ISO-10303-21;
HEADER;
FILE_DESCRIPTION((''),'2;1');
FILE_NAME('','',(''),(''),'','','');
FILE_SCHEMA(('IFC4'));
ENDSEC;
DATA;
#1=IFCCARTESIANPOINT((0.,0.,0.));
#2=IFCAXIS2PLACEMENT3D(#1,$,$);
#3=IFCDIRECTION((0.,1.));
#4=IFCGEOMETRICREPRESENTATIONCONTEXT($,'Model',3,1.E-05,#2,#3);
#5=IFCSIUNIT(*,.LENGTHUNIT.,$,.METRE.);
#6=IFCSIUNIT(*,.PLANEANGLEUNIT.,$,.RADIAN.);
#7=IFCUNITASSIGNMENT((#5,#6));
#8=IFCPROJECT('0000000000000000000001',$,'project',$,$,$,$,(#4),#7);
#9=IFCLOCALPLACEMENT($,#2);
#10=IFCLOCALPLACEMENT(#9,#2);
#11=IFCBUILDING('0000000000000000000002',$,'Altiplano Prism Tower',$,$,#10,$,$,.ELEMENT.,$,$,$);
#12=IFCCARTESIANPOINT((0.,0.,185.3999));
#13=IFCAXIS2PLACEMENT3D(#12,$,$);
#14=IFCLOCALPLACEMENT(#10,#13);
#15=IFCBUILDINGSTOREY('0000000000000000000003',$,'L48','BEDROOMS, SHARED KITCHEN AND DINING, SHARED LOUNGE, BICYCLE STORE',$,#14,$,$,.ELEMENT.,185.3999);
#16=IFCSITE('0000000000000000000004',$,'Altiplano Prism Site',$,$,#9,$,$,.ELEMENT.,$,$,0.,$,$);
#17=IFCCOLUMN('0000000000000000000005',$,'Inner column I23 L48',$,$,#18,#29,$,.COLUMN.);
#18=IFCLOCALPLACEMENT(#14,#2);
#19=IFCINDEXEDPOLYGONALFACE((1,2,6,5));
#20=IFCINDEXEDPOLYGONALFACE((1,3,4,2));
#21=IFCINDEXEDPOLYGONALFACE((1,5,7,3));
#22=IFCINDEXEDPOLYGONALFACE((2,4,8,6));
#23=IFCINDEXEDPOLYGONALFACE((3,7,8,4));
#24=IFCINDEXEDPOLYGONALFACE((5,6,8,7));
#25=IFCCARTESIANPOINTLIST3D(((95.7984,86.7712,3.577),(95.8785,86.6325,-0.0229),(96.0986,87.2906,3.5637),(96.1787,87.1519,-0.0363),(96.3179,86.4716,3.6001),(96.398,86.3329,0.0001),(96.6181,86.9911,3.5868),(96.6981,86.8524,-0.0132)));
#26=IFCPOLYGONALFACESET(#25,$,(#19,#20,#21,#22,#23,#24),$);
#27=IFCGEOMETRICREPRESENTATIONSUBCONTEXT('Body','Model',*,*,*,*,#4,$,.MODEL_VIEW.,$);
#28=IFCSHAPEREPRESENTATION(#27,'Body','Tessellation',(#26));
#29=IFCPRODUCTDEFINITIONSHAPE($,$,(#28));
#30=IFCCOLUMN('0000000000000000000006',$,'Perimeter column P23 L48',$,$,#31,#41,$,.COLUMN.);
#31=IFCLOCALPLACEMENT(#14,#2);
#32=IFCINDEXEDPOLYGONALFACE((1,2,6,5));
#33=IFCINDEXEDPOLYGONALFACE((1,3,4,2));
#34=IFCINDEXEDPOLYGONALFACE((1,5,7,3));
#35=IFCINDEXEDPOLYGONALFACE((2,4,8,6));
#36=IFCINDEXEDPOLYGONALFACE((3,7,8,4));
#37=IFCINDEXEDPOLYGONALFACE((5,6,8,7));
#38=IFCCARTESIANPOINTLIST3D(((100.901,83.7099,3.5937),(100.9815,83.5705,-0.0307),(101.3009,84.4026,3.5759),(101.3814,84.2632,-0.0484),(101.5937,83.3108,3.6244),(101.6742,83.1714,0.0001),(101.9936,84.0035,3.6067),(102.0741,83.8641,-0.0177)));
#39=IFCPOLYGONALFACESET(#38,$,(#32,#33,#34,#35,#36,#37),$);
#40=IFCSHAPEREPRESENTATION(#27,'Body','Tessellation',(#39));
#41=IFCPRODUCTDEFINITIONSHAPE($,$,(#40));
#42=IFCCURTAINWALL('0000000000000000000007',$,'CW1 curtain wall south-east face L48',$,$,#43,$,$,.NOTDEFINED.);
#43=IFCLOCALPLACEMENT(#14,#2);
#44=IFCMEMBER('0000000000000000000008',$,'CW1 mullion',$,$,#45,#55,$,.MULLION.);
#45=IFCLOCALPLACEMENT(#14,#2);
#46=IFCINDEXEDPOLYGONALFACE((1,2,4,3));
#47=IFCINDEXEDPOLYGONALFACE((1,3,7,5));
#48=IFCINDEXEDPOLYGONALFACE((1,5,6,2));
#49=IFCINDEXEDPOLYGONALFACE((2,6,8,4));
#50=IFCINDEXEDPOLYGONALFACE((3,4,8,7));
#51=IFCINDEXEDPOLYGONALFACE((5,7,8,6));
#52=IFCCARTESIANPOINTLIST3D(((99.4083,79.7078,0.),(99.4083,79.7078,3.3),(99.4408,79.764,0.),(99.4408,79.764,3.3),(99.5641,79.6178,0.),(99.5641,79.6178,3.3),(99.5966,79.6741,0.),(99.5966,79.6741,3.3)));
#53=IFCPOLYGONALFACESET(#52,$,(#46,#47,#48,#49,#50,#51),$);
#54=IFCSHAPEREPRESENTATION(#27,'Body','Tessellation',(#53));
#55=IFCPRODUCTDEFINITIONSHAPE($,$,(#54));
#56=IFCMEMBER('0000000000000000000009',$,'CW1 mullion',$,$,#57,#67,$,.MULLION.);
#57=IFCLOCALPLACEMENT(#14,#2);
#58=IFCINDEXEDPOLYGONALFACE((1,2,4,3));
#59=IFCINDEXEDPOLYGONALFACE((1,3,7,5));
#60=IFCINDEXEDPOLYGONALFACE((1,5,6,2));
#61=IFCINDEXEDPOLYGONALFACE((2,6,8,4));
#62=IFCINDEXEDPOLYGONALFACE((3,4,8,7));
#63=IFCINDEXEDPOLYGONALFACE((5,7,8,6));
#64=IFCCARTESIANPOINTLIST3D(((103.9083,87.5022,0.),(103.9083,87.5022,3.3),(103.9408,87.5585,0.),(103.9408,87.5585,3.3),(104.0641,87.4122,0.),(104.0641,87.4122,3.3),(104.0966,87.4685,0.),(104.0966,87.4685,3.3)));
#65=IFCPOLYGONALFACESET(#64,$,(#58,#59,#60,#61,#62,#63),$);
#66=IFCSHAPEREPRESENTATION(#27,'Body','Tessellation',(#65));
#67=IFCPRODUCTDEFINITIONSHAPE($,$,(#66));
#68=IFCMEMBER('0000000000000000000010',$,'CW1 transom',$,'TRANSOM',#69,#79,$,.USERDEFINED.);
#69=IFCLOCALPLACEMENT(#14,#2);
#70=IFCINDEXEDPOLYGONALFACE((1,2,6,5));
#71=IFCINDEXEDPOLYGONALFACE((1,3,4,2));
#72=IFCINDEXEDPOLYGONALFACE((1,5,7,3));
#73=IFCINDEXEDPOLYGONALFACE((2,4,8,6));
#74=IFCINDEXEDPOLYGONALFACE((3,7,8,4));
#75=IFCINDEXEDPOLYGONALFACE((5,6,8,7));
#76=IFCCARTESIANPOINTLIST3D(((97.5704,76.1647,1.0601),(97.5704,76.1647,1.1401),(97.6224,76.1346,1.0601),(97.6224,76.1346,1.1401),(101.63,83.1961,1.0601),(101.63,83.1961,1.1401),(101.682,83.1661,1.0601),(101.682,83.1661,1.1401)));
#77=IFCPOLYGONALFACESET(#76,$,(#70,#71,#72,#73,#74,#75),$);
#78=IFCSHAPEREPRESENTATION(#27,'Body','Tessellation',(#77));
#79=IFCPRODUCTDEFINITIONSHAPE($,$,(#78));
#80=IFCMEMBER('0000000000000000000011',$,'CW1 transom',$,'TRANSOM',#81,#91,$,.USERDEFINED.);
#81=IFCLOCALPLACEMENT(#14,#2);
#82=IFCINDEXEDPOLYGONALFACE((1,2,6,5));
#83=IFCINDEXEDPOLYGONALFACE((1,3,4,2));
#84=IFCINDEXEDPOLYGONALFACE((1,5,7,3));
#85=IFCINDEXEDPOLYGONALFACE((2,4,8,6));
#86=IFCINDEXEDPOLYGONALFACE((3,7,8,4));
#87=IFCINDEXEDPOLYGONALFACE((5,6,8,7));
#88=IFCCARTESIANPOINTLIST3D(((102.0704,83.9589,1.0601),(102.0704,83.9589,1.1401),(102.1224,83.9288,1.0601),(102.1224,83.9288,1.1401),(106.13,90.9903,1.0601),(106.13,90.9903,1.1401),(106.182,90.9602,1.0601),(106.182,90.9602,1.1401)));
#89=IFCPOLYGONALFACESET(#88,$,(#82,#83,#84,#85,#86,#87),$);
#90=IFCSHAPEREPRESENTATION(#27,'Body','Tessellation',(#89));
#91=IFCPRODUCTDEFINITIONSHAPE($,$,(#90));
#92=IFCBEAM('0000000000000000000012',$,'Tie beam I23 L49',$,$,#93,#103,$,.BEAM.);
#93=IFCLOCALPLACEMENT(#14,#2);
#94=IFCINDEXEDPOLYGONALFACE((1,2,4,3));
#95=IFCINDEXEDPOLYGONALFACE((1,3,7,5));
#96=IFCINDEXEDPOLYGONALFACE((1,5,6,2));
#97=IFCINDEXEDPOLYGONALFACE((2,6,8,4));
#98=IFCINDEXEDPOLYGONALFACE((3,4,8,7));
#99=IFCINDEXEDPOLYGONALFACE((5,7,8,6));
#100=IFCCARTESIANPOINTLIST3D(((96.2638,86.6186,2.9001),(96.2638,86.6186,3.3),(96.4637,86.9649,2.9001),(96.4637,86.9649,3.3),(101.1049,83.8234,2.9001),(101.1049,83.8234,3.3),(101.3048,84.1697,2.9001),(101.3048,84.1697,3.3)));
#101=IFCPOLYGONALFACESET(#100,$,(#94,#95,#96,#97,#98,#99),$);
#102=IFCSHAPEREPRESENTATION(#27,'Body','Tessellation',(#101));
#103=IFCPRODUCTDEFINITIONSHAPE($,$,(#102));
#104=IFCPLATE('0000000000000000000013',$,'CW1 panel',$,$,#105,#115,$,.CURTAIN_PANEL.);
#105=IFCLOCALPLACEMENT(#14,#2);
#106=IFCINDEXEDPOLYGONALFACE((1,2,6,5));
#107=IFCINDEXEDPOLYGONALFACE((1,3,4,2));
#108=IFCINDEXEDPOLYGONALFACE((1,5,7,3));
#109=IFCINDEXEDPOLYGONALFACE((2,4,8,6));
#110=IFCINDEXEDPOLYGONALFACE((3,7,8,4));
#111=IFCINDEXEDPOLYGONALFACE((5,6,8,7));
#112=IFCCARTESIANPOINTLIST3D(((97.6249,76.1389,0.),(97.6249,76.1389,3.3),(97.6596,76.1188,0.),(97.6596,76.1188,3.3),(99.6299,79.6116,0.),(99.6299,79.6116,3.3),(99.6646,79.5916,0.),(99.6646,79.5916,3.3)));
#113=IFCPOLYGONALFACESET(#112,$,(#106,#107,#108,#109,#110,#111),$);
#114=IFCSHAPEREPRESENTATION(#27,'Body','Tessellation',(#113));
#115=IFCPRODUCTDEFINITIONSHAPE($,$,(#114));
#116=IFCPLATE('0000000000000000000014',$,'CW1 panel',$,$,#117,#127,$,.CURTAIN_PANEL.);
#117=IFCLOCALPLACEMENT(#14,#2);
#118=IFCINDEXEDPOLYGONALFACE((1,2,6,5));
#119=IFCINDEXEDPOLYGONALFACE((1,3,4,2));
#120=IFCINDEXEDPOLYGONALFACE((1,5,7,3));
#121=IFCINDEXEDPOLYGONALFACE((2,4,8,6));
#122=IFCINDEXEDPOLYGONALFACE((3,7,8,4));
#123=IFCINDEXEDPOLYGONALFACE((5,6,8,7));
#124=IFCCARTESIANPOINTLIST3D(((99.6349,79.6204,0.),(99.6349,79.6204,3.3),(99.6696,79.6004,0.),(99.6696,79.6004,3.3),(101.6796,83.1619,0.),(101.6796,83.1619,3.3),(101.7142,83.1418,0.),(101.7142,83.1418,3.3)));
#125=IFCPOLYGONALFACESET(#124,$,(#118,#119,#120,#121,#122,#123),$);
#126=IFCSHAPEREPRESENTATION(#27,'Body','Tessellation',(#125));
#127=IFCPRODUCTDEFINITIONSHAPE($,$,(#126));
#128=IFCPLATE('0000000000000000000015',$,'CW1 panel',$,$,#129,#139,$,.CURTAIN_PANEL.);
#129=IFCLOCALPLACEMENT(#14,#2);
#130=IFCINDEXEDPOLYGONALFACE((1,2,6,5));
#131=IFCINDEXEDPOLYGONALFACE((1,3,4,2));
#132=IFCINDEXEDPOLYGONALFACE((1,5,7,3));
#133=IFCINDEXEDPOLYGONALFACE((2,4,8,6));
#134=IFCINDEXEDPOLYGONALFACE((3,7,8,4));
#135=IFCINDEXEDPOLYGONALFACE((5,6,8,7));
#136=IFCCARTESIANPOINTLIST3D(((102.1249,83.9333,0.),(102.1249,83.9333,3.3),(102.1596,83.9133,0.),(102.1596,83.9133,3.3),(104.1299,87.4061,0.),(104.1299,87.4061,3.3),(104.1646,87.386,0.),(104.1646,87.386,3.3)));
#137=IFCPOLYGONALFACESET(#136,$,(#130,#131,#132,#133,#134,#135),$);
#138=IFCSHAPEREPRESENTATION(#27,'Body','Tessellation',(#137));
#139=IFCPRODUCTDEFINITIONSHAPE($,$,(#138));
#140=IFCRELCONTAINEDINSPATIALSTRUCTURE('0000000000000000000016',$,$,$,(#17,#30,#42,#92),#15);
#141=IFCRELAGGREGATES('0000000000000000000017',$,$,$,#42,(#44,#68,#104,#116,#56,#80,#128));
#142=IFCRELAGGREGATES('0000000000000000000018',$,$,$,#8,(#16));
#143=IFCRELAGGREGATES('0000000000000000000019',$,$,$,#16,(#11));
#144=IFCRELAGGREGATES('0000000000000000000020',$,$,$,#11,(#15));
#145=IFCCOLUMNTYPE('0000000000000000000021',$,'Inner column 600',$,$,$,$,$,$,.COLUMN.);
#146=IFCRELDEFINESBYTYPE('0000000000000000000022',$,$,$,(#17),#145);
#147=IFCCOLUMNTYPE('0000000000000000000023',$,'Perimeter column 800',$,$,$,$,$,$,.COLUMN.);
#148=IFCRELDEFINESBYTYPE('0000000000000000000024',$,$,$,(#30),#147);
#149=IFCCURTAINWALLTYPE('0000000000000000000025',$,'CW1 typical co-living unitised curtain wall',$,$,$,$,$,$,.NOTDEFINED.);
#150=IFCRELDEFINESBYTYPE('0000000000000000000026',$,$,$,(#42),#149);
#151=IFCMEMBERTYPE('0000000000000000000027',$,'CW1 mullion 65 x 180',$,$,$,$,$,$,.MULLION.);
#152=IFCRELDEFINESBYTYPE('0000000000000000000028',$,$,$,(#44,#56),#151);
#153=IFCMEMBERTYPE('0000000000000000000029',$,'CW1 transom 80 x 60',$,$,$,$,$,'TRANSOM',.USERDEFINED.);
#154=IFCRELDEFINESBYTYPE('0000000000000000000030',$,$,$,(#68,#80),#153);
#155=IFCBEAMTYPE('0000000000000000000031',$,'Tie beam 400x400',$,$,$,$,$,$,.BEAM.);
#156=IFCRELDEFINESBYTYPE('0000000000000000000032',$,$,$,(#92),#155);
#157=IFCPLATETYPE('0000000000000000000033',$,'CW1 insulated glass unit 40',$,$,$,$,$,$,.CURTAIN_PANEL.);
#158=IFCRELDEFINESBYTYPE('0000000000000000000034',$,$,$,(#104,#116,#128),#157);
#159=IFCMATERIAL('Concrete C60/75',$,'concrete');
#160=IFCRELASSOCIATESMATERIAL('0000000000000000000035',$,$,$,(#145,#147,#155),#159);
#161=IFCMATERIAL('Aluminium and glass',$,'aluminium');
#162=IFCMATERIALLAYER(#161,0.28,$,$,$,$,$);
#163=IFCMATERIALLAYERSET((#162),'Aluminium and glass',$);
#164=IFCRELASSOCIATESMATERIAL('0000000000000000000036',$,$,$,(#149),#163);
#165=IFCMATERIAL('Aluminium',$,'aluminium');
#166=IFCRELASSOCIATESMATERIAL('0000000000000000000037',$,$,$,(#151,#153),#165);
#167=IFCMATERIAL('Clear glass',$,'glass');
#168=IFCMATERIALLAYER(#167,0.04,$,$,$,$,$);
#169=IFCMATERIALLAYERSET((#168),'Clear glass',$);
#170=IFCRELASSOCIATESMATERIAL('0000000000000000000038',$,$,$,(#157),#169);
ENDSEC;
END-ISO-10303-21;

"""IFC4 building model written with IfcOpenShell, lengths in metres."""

from ifc_helpers import new_model, si_unit, direction, frame, origin, origin_2d, place, context, subcontext, project, spatial, rectangle, extrude, material, layer, layer_set, material_profile, profile_set, type_object, element, aggregate, save


model = new_model("IFC4")

# Units and contexts
model_context = context("Model", 3, precision=1e-05, world=origin(), true_north=direction((0.0, 1.0)))
body_context = subcontext(model_context, "Body", "Model", "MODEL_VIEW")
ifc_project = project(units=[si_unit("LENGTHUNIT", "METRE"), si_unit("PLANEANGLEUNIT", "RADIAN")], contexts=[model_context])

# Site, building, storey
site_placement = place(None, origin())
site = spatial("IfcSite", under=ifc_project, at=site_placement, Name="Altiplano Prism Site", CompositionType="ELEMENT", RefElevation=0.0)
building_placement = place(site_placement, origin())
building = spatial("IfcBuilding", under=site, at=building_placement, Name="Altiplano Prism Tower", CompositionType="ELEMENT")
storey_placement = place(building_placement, frame((0.0, 0.0, 185.3999)))
storey = spatial("IfcBuildingStorey", under=building, at=storey_placement, Name="L48", Description="BEDROOMS, SHARED KITCHEN AND DINING, SHARED LOUNGE, BICYCLE STORE", CompositionType="ELEMENT", Elevation=185.3999)

# Columns
ifc_material_1 = material(Name="Concrete C60/75", Category="concrete")
ifc_material_profile_1 = material_profile(ifc_material_1, rectangle(XDim=0.6001, YDim=0.6001, at=origin_2d()), Name="Inner column 600")
ifc_profile_set_1 = profile_set([ifc_material_profile_1], Name="Concrete C60/75")
column_type_1 = type_object("IfcColumnType", Name="Inner column 600", PredefinedType="COLUMN", material=ifc_profile_set_1)
column_1_placement = place(storey_placement, frame((96.2883, 86.7424, -0.0181), z_axis=(-0.022223, 0.038483, 0.999012), x_axis=(-0.50017, -0.865642, 0.02222)))
element("IfcColumn", 1, at=column_1_placement, inside=storey, type_object=column_type_1, Name="Inner column I23 L48", PredefinedType="COLUMN", context=body_context, shape_type="SweptSolid", body=[
    extrude(rectangle(XDim=0.6001, YDim=0.6001, at=origin_2d()), origin(), (0.0, 0.0, 1.0), 3.6035),
])
ifc_material_profile_2 = material_profile(ifc_material_1, rectangle(XDim=0.8, YDim=0.8, at=origin_2d()), Name="Perimeter column 800")
ifc_profile_set_2 = profile_set([ifc_material_profile_2], Name="Concrete C60/75")
column_type_2 = type_object("IfcColumnType", Name="Perimeter column 800", PredefinedType="COLUMN", material=ifc_profile_set_2)
column_2_placement = place(storey_placement, frame((101.5278, 83.7173, -0.0242), z_axis=(-0.022208, 0.038426, 0.999015), x_axis=(-0.499865, -0.865819, 0.022191)))
element("IfcColumn", 2, at=column_2_placement, inside=storey, type_object=column_type_2, Name="Perimeter column P23 L48", PredefinedType="COLUMN", context=body_context, shape_type="SweptSolid", body=[
    extrude(rectangle(XDim=0.8, YDim=0.8, at=origin_2d()), origin(), (0.0, 0.0, 1.0), 3.6279),
])

# Curtain wall, members
ifc_material_2 = material(Name="Aluminium and glass", Category="aluminium")
ifc_layer_1 = layer(ifc_material_2, 0.28)
ifc_layer_set_1 = layer_set([ifc_layer_1], Name="Aluminium and glass")
curtain_wall_type = type_object("IfcCurtainWallType", Name="CW1 typical co-living unitised curtain wall", PredefinedType="NOTDEFINED", material=ifc_layer_set_1)
curtain_wall_placement = place(storey_placement, origin())
curtain_wall = element("IfcCurtainWall", 3, at=curtain_wall_placement, inside=storey, type_object=curtain_wall_type, Name="CW1 curtain wall south-east face L48", PredefinedType="NOTDEFINED")
ifc_material_3 = material(Name="Aluminium", Category="aluminium")
ifc_material_profile_3 = material_profile(ifc_material_3, rectangle(XDim=0.1799, YDim=0.0649, at=origin_2d()), Name="CW1 mullion 65 x 180")
ifc_profile_set_3 = profile_set([ifc_material_profile_3], Name="Aluminium")
member_type_1 = type_object("IfcMemberType", Name="CW1 mullion 65 x 180", PredefinedType="MULLION", material=ifc_profile_set_3)
member_1_placement = place(storey_placement, frame((99.5024, 79.6909, 0.0), z_axis=(0.0, 0.0, 1.0), x_axis=(-0.866025, 0.5, 0.0)))
member_1 = element("IfcMember", 4, at=member_1_placement, type_object=member_type_1, Name="CW1 mullion", PredefinedType="MULLION", context=body_context, shape_type="SweptSolid", body=[
    extrude(rectangle(XDim=0.1799, YDim=0.0649, at=origin_2d()), origin(), (0.0, 0.0, 1.0), 3.3),
])
member_2_placement = place(storey_placement, frame((104.0024, 87.4854, 0.0), z_axis=(0.0, 0.0, 1.0), x_axis=(-0.866025, 0.5, 0.0)))
member_2 = element("IfcMember", 5, at=member_2_placement, type_object=member_type_1, Name="CW1 mullion", PredefinedType="MULLION", context=body_context, shape_type="SweptSolid", body=[
    extrude(rectangle(XDim=0.1799, YDim=0.0649, at=origin_2d()), origin(), (0.0, 0.0, 1.0), 3.3),
])
ifc_material_profile_4 = material_profile(ifc_material_3, rectangle(XDim=0.0601, YDim=0.0801, at=origin_2d()), Name="CW1 transom 80 x 60")
ifc_profile_set_4 = profile_set([ifc_material_profile_4], Name="Aluminium")
member_type_2 = type_object("IfcMemberType", Name="CW1 transom 80 x 60", ElementType="TRANSOM", PredefinedType="USERDEFINED", material=ifc_profile_set_4)
member_3_placement = place(storey_placement, frame((97.5964, 76.1497, 1.1001), z_axis=(0.499994, 0.866029, 0.0), x_axis=(-0.866029, 0.499994, 0.0)))
member_3 = element("IfcMember", 6, at=member_3_placement, type_object=member_type_2, Name="CW1 transom", ObjectType="TRANSOM", PredefinedType="USERDEFINED", context=body_context, shape_type="SweptSolid", body=[
    extrude(rectangle(XDim=0.0601, YDim=0.0801, at=origin_2d()), origin(), (0.0, 0.0, 1.0), 8.1191),
])
member_4_placement = place(storey_placement, frame((102.0964, 83.9438, 1.1001), z_axis=(0.499994, 0.866029, 0.0), x_axis=(-0.866029, 0.499994, 0.0)))
member_4 = element("IfcMember", 7, at=member_4_placement, type_object=member_type_2, Name="CW1 transom", ObjectType="TRANSOM", PredefinedType="USERDEFINED", context=body_context, shape_type="SweptSolid", body=[
    extrude(rectangle(XDim=0.0601, YDim=0.0801, at=origin_2d()), origin(), (0.0, 0.0, 1.0), 8.1191),
])

# Beam
ifc_material_profile_5 = material_profile(ifc_material_1, rectangle(XDim=0.3999, YDim=0.3999, at=origin_2d()), Name="Tie beam 400x400")
ifc_profile_set_5 = profile_set([ifc_material_profile_5], Name="Concrete C60/75")
beam_type = type_object("IfcBeamType", Name="Tie beam 400x400", PredefinedType="BEAM", material=ifc_profile_set_5)
beam_placement = place(storey_placement, frame((96.3638, 86.7917, 3.1001), z_axis=(0.866012, -0.500024, 0.0), x_axis=(0.500024, 0.866012, 0.0)))
element("IfcBeam", 8, at=beam_placement, inside=storey, type_object=beam_type, Name="Tie beam I23 L49", PredefinedType="BEAM", context=body_context, shape_type="SweptSolid", body=[
    extrude(rectangle(XDim=0.3999, YDim=0.3999, at=origin_2d()), origin(), (0.0, 0.0, 1.0), 5.5901),
])

# Plates
ifc_material_4 = material(Name="Clear glass", Category="glass")
ifc_layer_2 = layer(ifc_material_4, 0.04)
ifc_layer_set_2 = layer_set([ifc_layer_2], Name="Clear glass")
plate_type = type_object("IfcPlateType", Name="CW1 insulated glass unit 40", PredefinedType="CURTAIN_PANEL", material=ifc_layer_set_2)
plate_1_placement = place(storey_placement, frame((98.6448, 77.8652, 0.0), z_axis=(0.0, 0.0, 1.0), x_axis=(0.5, 0.866025, 0.0)))
plate_1 = element("IfcPlate", 9, at=plate_1_placement, type_object=plate_type, Name="CW1 panel", PredefinedType="CURTAIN_PANEL", context=body_context, shape_type="SweptSolid", body=[
    extrude(rectangle(XDim=4.01, YDim=0.04, at=origin_2d()), origin(), (0.0, 0.0, 1.0), 3.3),
])
plate_2_placement = place(storey_placement, frame((100.6746, 81.3811, 0.0), z_axis=(0.0, 0.0, 1.0), x_axis=(0.5, 0.866025, 0.0)))
plate_2 = element("IfcPlate", 10, at=plate_2_placement, type_object=plate_type, Name="CW1 panel", PredefinedType="CURTAIN_PANEL", context=body_context, shape_type="SweptSolid", body=[
    extrude(rectangle(XDim=4.0894, YDim=0.04, at=origin_2d()), origin(), (0.0, 0.0, 1.0), 3.3),
])
plate_3_placement = place(storey_placement, frame((103.1448, 85.6597, 0.0), z_axis=(0.0, 0.0, 1.0), x_axis=(0.5, 0.866025, 0.0)))
plate_3 = element("IfcPlate", 11, at=plate_3_placement, type_object=plate_type, Name="CW1 panel", PredefinedType="CURTAIN_PANEL", context=body_context, shape_type="SweptSolid", body=[
    extrude(rectangle(XDim=4.01, YDim=0.04, at=origin_2d()), origin(), (0.0, 0.0, 1.0), 3.3),
])
aggregate(curtain_wall, [member_1, member_3, plate_1, plate_2, member_2, member_4, plate_3])

save(model, "model.ifc")
